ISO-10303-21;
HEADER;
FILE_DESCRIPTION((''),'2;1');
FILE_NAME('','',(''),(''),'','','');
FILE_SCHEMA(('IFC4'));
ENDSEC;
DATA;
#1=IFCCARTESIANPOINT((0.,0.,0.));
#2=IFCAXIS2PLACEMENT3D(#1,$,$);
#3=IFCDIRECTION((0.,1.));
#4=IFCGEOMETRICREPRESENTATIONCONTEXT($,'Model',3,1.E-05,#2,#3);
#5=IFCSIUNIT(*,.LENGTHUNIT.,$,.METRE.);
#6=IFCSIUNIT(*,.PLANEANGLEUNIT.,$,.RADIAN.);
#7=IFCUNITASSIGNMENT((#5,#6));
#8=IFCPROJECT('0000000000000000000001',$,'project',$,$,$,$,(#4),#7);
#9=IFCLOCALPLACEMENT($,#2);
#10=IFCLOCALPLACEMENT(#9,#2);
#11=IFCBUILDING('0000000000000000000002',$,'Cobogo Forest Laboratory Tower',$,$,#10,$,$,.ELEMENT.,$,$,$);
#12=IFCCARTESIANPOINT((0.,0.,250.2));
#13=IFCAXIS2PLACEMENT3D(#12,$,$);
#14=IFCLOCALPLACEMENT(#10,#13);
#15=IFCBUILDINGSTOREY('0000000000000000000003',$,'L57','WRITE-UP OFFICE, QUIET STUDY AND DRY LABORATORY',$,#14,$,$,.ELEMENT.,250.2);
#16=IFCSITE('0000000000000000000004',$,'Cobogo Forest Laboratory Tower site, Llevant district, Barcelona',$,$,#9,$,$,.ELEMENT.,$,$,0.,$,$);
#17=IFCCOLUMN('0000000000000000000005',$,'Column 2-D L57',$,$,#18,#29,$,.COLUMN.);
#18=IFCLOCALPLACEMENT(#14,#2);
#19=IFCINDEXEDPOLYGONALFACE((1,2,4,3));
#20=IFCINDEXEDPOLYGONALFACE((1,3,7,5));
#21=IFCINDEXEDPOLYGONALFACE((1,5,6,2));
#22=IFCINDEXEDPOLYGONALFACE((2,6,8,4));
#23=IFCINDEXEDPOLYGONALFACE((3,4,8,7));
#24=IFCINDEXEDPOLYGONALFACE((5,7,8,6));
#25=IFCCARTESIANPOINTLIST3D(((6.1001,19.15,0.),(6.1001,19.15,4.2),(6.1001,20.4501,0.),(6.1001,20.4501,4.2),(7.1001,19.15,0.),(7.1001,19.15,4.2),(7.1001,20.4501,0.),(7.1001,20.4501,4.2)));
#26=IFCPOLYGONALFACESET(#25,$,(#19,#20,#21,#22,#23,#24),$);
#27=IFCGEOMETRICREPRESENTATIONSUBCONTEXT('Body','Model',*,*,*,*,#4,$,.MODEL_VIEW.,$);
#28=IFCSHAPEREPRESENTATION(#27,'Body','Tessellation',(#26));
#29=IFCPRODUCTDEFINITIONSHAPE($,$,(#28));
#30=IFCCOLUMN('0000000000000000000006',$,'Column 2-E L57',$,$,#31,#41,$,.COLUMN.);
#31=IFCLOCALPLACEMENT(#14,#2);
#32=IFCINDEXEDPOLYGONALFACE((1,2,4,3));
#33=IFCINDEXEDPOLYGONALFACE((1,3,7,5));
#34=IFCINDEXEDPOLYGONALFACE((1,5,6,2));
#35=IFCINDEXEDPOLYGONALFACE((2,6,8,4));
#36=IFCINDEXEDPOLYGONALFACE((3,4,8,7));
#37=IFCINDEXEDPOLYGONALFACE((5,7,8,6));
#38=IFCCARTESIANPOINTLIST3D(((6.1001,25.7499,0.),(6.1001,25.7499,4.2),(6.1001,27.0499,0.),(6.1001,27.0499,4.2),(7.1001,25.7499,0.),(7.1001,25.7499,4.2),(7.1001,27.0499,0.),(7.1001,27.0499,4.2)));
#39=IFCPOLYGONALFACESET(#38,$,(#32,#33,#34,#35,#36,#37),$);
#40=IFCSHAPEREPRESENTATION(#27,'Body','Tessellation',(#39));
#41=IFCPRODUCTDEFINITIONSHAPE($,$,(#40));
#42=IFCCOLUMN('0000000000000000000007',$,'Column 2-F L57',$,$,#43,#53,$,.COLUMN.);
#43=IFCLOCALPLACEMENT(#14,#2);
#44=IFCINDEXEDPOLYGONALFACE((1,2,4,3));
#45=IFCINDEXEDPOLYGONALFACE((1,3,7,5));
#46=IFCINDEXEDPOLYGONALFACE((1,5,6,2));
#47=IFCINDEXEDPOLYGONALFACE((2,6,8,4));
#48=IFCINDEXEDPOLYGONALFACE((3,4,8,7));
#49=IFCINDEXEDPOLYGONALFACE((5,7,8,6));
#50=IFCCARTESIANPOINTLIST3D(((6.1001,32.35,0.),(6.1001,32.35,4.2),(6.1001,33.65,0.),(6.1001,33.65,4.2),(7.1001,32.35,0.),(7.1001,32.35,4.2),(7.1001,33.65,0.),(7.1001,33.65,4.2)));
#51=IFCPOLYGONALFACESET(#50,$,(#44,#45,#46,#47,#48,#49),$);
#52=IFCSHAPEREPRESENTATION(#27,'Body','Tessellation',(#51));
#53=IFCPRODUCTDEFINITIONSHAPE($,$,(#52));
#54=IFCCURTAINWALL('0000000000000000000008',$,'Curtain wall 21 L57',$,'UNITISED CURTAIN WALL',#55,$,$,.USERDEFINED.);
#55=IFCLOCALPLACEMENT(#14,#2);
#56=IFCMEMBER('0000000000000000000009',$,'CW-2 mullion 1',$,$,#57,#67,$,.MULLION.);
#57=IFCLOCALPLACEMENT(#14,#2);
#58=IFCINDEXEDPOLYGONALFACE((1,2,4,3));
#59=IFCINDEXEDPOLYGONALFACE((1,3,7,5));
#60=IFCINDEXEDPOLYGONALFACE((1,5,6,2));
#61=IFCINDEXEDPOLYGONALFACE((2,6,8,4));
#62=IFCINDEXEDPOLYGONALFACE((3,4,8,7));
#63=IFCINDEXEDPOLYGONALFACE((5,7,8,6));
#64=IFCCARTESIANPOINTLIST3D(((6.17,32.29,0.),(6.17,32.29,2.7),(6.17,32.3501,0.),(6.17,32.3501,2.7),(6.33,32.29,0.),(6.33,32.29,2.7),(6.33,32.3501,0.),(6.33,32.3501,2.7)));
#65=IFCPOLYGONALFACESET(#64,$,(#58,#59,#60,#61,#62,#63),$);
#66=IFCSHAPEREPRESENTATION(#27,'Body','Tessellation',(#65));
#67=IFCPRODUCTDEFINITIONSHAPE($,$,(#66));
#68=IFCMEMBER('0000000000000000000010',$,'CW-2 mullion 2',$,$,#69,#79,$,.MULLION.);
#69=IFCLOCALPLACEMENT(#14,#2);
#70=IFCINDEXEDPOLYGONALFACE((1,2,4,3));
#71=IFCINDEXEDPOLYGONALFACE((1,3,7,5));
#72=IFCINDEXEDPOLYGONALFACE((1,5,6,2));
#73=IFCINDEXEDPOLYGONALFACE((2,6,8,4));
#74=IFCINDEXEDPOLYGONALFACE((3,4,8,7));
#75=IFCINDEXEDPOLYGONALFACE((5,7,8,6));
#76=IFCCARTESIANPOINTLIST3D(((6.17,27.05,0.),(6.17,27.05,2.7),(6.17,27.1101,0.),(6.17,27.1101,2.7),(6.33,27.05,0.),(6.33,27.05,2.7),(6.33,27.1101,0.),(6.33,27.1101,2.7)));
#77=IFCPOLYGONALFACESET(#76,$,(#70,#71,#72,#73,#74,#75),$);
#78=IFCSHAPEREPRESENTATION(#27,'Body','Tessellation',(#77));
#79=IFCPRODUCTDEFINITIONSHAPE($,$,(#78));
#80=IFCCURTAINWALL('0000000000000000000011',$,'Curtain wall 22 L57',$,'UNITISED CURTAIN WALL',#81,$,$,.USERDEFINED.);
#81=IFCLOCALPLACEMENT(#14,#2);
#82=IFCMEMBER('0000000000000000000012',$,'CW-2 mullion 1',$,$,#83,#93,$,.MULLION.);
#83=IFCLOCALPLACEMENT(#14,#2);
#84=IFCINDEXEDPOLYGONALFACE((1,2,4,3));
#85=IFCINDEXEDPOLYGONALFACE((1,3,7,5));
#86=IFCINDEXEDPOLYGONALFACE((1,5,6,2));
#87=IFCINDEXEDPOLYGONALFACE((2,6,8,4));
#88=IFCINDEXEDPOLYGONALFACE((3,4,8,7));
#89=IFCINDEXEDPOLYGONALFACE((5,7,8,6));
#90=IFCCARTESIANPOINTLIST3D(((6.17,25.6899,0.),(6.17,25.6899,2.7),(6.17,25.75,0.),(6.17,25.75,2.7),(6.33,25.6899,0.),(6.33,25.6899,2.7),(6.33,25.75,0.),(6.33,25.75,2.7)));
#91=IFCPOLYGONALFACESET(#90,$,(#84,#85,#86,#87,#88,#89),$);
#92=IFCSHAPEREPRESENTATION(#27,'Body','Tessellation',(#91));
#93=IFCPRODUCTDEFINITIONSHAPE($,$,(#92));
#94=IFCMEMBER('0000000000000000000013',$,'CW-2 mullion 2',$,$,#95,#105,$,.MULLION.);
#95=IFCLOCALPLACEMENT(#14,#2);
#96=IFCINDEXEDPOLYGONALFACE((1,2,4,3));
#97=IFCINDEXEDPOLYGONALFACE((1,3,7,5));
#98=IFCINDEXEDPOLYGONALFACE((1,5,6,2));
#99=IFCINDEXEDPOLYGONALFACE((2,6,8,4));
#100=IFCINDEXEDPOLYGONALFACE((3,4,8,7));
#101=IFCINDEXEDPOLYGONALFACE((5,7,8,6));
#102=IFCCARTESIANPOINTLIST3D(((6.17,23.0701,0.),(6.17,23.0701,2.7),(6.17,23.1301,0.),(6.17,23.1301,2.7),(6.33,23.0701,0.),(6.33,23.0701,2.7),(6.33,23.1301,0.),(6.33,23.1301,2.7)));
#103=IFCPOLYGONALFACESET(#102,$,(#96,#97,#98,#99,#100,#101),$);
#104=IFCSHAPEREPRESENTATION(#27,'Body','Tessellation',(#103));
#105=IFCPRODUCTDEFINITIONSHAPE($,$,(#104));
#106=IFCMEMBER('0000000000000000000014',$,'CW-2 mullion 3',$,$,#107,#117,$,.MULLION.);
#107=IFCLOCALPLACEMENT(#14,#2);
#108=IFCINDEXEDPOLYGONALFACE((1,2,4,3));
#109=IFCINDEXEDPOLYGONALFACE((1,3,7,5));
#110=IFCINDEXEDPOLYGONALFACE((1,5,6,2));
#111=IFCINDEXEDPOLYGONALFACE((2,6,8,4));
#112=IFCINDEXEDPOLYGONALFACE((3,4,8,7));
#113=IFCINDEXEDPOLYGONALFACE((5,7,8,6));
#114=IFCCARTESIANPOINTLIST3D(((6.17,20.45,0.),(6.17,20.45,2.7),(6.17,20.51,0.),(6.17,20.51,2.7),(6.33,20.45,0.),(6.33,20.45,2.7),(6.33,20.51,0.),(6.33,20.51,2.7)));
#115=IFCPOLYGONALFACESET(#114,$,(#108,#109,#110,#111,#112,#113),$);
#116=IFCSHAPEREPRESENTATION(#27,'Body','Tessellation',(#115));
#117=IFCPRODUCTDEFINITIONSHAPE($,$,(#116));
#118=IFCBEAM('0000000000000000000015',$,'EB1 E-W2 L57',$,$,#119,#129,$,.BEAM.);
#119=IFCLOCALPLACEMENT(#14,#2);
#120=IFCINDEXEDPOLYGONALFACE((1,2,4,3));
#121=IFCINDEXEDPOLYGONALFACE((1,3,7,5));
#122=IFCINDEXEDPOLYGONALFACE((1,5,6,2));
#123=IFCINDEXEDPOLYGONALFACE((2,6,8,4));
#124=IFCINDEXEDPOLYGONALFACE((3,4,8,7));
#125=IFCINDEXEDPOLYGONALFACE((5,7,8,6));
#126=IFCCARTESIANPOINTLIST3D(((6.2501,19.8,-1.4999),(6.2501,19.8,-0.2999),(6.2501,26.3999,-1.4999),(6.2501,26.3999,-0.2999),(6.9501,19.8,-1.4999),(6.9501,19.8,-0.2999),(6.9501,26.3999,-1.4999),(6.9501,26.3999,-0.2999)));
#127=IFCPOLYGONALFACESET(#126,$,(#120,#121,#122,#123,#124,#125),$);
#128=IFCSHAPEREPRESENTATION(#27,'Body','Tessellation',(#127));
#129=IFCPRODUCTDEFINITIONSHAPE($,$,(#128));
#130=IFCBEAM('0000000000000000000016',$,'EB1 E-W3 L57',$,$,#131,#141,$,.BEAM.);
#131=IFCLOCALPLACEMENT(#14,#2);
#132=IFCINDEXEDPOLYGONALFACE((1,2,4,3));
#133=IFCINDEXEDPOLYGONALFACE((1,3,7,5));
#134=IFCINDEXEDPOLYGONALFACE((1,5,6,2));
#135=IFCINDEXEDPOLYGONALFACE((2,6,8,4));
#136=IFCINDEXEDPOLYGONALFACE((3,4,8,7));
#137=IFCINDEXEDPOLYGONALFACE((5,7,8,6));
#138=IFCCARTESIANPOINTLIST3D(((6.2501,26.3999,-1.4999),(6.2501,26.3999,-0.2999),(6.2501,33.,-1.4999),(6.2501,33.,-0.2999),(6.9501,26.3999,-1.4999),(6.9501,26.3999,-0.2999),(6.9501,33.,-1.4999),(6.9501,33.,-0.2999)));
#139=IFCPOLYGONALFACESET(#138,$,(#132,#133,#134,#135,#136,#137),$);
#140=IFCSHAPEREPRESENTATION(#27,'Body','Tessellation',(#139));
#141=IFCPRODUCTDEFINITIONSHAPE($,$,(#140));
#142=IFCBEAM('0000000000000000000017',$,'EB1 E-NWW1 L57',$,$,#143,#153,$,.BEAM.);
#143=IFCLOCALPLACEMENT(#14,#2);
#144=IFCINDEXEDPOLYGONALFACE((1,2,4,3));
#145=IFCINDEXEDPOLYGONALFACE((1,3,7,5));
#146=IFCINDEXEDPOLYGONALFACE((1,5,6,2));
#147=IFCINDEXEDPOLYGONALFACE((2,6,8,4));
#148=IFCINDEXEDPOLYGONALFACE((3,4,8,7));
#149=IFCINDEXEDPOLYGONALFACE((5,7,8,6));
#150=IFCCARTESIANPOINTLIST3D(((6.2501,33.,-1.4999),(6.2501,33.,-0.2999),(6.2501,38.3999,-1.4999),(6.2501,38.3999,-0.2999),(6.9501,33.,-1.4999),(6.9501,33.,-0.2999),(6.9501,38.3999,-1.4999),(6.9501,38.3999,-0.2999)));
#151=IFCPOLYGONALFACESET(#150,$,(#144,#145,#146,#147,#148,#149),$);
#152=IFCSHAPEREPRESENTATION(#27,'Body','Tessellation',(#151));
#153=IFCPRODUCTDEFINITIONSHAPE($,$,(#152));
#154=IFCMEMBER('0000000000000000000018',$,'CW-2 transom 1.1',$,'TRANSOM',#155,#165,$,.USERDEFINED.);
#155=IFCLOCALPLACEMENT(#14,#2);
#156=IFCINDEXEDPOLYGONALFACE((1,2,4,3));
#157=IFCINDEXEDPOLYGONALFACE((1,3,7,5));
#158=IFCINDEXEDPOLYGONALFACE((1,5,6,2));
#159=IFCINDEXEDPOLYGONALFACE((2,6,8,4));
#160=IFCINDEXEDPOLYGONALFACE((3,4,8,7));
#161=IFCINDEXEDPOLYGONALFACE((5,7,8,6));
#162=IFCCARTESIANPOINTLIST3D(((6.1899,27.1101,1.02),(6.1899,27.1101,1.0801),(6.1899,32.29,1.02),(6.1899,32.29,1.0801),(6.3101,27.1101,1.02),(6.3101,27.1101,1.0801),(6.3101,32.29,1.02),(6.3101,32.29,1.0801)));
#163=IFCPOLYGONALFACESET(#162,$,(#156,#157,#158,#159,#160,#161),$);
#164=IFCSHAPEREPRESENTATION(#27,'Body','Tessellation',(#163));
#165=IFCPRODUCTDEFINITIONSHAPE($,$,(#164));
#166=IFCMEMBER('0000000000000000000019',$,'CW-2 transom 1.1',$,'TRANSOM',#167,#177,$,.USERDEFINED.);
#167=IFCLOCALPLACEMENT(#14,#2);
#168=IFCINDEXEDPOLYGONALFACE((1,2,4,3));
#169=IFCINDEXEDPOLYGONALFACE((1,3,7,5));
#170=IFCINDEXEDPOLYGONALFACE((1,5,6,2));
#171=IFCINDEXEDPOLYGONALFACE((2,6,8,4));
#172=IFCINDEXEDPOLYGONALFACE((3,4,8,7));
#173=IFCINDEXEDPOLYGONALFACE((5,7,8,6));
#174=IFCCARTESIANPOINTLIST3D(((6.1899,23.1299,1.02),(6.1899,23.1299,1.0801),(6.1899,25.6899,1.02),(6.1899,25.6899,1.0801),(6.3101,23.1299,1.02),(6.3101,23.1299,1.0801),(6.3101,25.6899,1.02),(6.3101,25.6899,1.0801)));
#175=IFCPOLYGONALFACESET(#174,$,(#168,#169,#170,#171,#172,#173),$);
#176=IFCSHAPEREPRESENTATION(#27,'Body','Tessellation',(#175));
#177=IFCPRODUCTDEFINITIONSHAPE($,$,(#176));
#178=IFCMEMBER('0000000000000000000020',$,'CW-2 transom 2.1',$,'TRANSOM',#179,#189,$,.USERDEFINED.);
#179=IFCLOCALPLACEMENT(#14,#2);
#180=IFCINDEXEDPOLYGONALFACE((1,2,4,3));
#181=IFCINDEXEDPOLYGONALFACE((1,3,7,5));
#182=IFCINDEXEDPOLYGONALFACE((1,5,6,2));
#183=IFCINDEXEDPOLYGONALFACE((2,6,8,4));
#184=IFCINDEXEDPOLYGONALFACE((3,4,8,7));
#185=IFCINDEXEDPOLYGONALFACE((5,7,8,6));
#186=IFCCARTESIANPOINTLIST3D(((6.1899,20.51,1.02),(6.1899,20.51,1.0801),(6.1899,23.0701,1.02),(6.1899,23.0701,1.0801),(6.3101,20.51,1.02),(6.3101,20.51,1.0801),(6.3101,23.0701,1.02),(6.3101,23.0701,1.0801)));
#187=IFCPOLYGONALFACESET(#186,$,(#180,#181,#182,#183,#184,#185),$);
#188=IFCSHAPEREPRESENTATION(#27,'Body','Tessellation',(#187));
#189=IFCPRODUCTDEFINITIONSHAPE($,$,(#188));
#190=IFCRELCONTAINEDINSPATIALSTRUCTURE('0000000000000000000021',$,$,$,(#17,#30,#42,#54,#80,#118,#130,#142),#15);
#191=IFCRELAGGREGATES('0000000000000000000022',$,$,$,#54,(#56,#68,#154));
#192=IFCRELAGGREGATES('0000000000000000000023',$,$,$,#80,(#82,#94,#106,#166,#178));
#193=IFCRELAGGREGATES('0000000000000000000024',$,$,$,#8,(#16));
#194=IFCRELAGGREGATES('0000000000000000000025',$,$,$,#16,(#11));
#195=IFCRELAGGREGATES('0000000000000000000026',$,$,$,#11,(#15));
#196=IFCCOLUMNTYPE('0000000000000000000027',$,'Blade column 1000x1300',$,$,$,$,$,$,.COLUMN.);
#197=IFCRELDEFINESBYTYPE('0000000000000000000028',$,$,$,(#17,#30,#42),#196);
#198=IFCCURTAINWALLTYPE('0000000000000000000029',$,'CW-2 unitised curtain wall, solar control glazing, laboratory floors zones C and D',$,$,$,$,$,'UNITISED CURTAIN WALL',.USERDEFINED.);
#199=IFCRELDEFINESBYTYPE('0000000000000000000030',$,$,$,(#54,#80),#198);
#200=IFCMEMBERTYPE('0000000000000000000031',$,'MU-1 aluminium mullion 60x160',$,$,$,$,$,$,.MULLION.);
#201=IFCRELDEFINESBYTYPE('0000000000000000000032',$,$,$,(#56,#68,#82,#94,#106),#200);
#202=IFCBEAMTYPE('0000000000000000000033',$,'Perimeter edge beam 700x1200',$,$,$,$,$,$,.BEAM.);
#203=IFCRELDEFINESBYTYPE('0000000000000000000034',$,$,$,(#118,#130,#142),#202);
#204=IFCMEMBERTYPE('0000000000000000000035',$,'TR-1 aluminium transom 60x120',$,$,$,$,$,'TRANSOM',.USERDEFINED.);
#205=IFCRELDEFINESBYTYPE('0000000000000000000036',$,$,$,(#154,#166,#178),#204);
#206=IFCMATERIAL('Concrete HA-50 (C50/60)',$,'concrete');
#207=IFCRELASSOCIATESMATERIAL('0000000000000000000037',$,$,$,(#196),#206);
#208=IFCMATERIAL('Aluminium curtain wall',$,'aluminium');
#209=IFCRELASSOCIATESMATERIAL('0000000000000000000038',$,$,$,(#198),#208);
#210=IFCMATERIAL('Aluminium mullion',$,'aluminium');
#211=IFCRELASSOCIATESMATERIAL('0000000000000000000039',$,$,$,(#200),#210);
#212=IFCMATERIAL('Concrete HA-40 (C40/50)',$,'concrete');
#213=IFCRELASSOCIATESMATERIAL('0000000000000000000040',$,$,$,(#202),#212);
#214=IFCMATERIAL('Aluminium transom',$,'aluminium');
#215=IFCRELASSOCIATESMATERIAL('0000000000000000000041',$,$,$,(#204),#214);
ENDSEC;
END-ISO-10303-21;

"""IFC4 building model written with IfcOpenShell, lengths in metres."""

from ifc_helpers import new_model, si_unit, direction, frame, origin, origin_2d, place, context, subcontext, project, spatial, rectangle, extrude, material, material_profile, profile_set, type_object, element, aggregate, save


model = new_model("IFC4")

# Units and contexts
model_context = context("Model", 3, precision=1e-05, world=origin(), true_north=direction((0.0, 1.0)))
body_context = subcontext(model_context, "Body", "Model", "MODEL_VIEW")
ifc_project = project(units=[si_unit("LENGTHUNIT", "METRE"), si_unit("PLANEANGLEUNIT", "RADIAN")], contexts=[model_context])

# Site, building, storey
site_placement = place(None, origin())
site = spatial("IfcSite", under=ifc_project, at=site_placement, Name="Cobogo Forest Laboratory Tower site, Llevant district, Barcelona", CompositionType="ELEMENT", RefElevation=0.0)
building_placement = place(site_placement, origin())
building = spatial("IfcBuilding", under=site, at=building_placement, Name="Cobogo Forest Laboratory Tower", CompositionType="ELEMENT")
storey_placement = place(building_placement, frame((0.0, 0.0, 250.2)))
storey = spatial("IfcBuildingStorey", under=building, at=storey_placement, Name="L57", Description="WRITE-UP OFFICE, QUIET STUDY AND DRY LABORATORY", CompositionType="ELEMENT", Elevation=250.2)

# Columns
ifc_material_1 = material(Name="Concrete HA-50 (C50/60)", Category="concrete")
ifc_material_profile_1 = material_profile(ifc_material_1, rectangle(XDim=1.3, YDim=1.0, at=origin_2d()), Name="RC 1000x1300")
ifc_profile_set_1 = profile_set([ifc_material_profile_1], Name="Concrete HA-50 (C50/60)")
column_type = type_object("IfcColumnType", Name="Blade column 1000x1300", PredefinedType="COLUMN", material=ifc_profile_set_1)
for number, where, z_axis, x_axis, name in (
    (1, (6.6001, 19.8, 0.0), (0.0, 0.0, 1.0), (0.0, 1.0, 0.0), "Column 2-D L57"),
    (2, (6.6001, 26.3999, 0.0), (0.0, 0.0, 1.0), (0.0, 1.0, 0.0), "Column 2-E L57"),
    (3, (6.6001, 33.0, 0.0), (0.0, 0.0, 1.0), (0.0, 1.0, 0.0), "Column 2-F L57"),
):
    element("IfcColumn", number, at=place(storey_placement, frame(where, z_axis=z_axis, x_axis=x_axis)), inside=storey, type_object=column_type, Name=name, PredefinedType="COLUMN", context=body_context, shape_type="SweptSolid", body=[
        extrude(rectangle(XDim=1.3, YDim=1.0, at=origin_2d()), origin(), (0.0, 0.0, 1.0), 4.2),
    ])

# Curtain walls, members
ifc_material_2 = material(Name="Aluminium curtain wall", Category="aluminium")
curtain_wall_type = type_object("IfcCurtainWallType", Name="CW-2 unitised curtain wall, solar control glazing, laboratory floors zones C and D", ElementType="UNITISED CURTAIN WALL", PredefinedType="USERDEFINED", material=ifc_material_2)
curtain_wall_1_placement = place(storey_placement, origin())
curtain_wall_1 = element("IfcCurtainWall", 4, at=curtain_wall_1_placement, inside=storey, type_object=curtain_wall_type, Name="Curtain wall 21 L57", ObjectType="UNITISED CURTAIN WALL", PredefinedType="USERDEFINED")
ifc_material_3 = material(Name="Aluminium mullion", Category="aluminium")
ifc_material_profile_2 = material_profile(ifc_material_3, rectangle(XDim=0.0601, YDim=0.1599, at=origin_2d()), Name="AL 60x160")
ifc_profile_set_2 = profile_set([ifc_material_profile_2], Name="Aluminium mullion")
member_type_1 = type_object("IfcMemberType", Name="MU-1 aluminium mullion 60x160", PredefinedType="MULLION", material=ifc_profile_set_2)
member_1_placement = place(storey_placement, frame((6.25, 32.3201, 0.0), z_axis=(0.0, 0.0, 1.0), x_axis=(0.0, -1.0, 0.0)))
member_1 = element("IfcMember", 5, at=member_1_placement, type_object=member_type_1, Name="CW-2 mullion 1", PredefinedType="MULLION", context=body_context, shape_type="SweptSolid", body=[
    extrude(rectangle(XDim=0.0601, YDim=0.1599, at=origin_2d()), origin(), (0.0, 0.0, 1.0), 2.7),
])
member_2_placement = place(storey_placement, frame((6.25, 27.0801, 0.0), z_axis=(0.0, 0.0, 1.0), x_axis=(0.0, -1.0, 0.0)))
member_2 = element("IfcMember", 6, at=member_2_placement, type_object=member_type_1, Name="CW-2 mullion 2", PredefinedType="MULLION", context=body_context, shape_type="SweptSolid", body=[
    extrude(rectangle(XDim=0.0601, YDim=0.1599, at=origin_2d()), origin(), (0.0, 0.0, 1.0), 2.7),
])
curtain_wall_2_placement = place(storey_placement, origin())
curtain_wall_2 = element("IfcCurtainWall", 7, at=curtain_wall_2_placement, inside=storey, type_object=curtain_wall_type, Name="Curtain wall 22 L57", ObjectType="UNITISED CURTAIN WALL", PredefinedType="USERDEFINED")
member_3_placement = place(storey_placement, frame((6.25, 25.72, 0.0), z_axis=(0.0, 0.0, 1.0), x_axis=(0.0, -1.0, 0.0)))
member_3 = element("IfcMember", 8, at=member_3_placement, type_object=member_type_1, Name="CW-2 mullion 1", PredefinedType="MULLION", context=body_context, shape_type="SweptSolid", body=[
    extrude(rectangle(XDim=0.0601, YDim=0.1599, at=origin_2d()), origin(), (0.0, 0.0, 1.0), 2.7),
])
member_4_placement = place(storey_placement, frame((6.25, 23.1001, 0.0), z_axis=(0.0, 0.0, 1.0), x_axis=(0.0, -1.0, 0.0)))
member_4 = element("IfcMember", 9, at=member_4_placement, type_object=member_type_1, Name="CW-2 mullion 2", PredefinedType="MULLION", context=body_context, shape_type="SweptSolid", body=[
    extrude(rectangle(XDim=0.0601, YDim=0.1599, at=origin_2d()), origin(), (0.0, 0.0, 1.0), 2.7),
])
member_5_placement = place(storey_placement, frame((6.25, 20.48, 0.0), z_axis=(0.0, 0.0, 1.0), x_axis=(0.0, -1.0, 0.0)))
member_5 = element("IfcMember", 10, at=member_5_placement, type_object=member_type_1, Name="CW-2 mullion 3", PredefinedType="MULLION", context=body_context, shape_type="SweptSolid", body=[
    extrude(rectangle(XDim=0.0601, YDim=0.1599, at=origin_2d()), origin(), (0.0, 0.0, 1.0), 2.7),
])

# Beams
ifc_material_4 = material(Name="Concrete HA-40 (C40/50)", Category="concrete")
ifc_material_profile_3 = material_profile(ifc_material_4, rectangle(XDim=0.7, YDim=1.2, at=origin_2d()), Name="RC 700x1200")
ifc_profile_set_3 = profile_set([ifc_material_profile_3], Name="Concrete HA-40 (C40/50)")
beam_type = type_object("IfcBeamType", Name="Perimeter edge beam 700x1200", PredefinedType="BEAM", material=ifc_profile_set_3)
beam_1_placement = place(storey_placement, frame((6.6001, 19.8, -0.8999), z_axis=(0.0, 1.0, 0.0), x_axis=(-1.0, 0.0, 0.0)))
element("IfcBeam", 11, at=beam_1_placement, inside=storey, type_object=beam_type, Name="EB1 E-W2 L57", PredefinedType="BEAM", context=body_context, shape_type="SweptSolid", body=[
    extrude(rectangle(XDim=0.7, YDim=1.2, at=origin_2d()), origin(), (0.0, 0.0, 1.0), 6.5999),
])
beam_2_placement = place(storey_placement, frame((6.6001, 26.3999, -0.8999), z_axis=(0.0, 1.0, 0.0), x_axis=(-1.0, 0.0, 0.0)))
element("IfcBeam", 12, at=beam_2_placement, inside=storey, type_object=beam_type, Name="EB1 E-W3 L57", PredefinedType="BEAM", context=body_context, shape_type="SweptSolid", body=[
    extrude(rectangle(XDim=0.7, YDim=1.2, at=origin_2d()), origin(), (0.0, 0.0, 1.0), 6.6001),
])
beam_3_placement = place(storey_placement, frame((6.6001, 33.0, -0.8999), z_axis=(0.0, 1.0, 0.0), x_axis=(-1.0, 0.0, 0.0)))
element("IfcBeam", 13, at=beam_3_placement, inside=storey, type_object=beam_type, Name="EB1 E-NWW1 L57", PredefinedType="BEAM", context=body_context, shape_type="SweptSolid", body=[
    extrude(rectangle(XDim=0.7, YDim=1.2, at=origin_2d()), origin(), (0.0, 0.0, 1.0), 5.3999),
])

# Members
ifc_material_5 = material(Name="Aluminium transom", Category="aluminium")
ifc_material_profile_4 = material_profile(ifc_material_5, rectangle(XDim=0.1201, YDim=0.0601, at=origin_2d()), Name="AL 60x120")
ifc_profile_set_4 = profile_set([ifc_material_profile_4], Name="Aluminium transom")
member_type_2 = type_object("IfcMemberType", Name="TR-1 aluminium transom 60x120", ElementType="TRANSOM", PredefinedType="USERDEFINED", material=ifc_profile_set_4)
member_6_placement = place(storey_placement, frame((6.25, 32.29, 1.05), z_axis=(0.0, -1.0, 0.0), x_axis=(1.0, 0.0, 0.0)))
member_6 = element("IfcMember", 14, at=member_6_placement, type_object=member_type_2, Name="CW-2 transom 1.1", ObjectType="TRANSOM", PredefinedType="USERDEFINED", context=body_context, shape_type="SweptSolid", body=[
    extrude(rectangle(XDim=0.1201, YDim=0.0601, at=origin_2d()), origin(), (0.0, 0.0, 1.0), 5.1799),
])
member_7_placement = place(storey_placement, frame((6.25, 25.6899, 1.05), z_axis=(0.0, -1.0, 0.0), x_axis=(1.0, 0.0, 0.0)))
member_7 = element("IfcMember", 15, at=member_7_placement, type_object=member_type_2, Name="CW-2 transom 1.1", ObjectType="TRANSOM", PredefinedType="USERDEFINED", context=body_context, shape_type="SweptSolid", body=[
    extrude(rectangle(XDim=0.1201, YDim=0.0601, at=origin_2d()), origin(), (0.0, 0.0, 1.0), 2.5601),
])
member_8_placement = place(storey_placement, frame((6.25, 23.0701, 1.05), z_axis=(0.0, -1.0, 0.0), x_axis=(1.0, 0.0, 0.0)))
member_8 = element("IfcMember", 16, at=member_8_placement, type_object=member_type_2, Name="CW-2 transom 2.1", ObjectType="TRANSOM", PredefinedType="USERDEFINED", context=body_context, shape_type="SweptSolid", body=[
    extrude(rectangle(XDim=0.1201, YDim=0.0601, at=origin_2d()), origin(), (0.0, 0.0, 1.0), 2.5601),
])

aggregate(curtain_wall_1, [member_1, member_2, member_6])
aggregate(curtain_wall_2, [member_3, member_4, member_5, member_7, member_8])

save(model, "model.ifc")
